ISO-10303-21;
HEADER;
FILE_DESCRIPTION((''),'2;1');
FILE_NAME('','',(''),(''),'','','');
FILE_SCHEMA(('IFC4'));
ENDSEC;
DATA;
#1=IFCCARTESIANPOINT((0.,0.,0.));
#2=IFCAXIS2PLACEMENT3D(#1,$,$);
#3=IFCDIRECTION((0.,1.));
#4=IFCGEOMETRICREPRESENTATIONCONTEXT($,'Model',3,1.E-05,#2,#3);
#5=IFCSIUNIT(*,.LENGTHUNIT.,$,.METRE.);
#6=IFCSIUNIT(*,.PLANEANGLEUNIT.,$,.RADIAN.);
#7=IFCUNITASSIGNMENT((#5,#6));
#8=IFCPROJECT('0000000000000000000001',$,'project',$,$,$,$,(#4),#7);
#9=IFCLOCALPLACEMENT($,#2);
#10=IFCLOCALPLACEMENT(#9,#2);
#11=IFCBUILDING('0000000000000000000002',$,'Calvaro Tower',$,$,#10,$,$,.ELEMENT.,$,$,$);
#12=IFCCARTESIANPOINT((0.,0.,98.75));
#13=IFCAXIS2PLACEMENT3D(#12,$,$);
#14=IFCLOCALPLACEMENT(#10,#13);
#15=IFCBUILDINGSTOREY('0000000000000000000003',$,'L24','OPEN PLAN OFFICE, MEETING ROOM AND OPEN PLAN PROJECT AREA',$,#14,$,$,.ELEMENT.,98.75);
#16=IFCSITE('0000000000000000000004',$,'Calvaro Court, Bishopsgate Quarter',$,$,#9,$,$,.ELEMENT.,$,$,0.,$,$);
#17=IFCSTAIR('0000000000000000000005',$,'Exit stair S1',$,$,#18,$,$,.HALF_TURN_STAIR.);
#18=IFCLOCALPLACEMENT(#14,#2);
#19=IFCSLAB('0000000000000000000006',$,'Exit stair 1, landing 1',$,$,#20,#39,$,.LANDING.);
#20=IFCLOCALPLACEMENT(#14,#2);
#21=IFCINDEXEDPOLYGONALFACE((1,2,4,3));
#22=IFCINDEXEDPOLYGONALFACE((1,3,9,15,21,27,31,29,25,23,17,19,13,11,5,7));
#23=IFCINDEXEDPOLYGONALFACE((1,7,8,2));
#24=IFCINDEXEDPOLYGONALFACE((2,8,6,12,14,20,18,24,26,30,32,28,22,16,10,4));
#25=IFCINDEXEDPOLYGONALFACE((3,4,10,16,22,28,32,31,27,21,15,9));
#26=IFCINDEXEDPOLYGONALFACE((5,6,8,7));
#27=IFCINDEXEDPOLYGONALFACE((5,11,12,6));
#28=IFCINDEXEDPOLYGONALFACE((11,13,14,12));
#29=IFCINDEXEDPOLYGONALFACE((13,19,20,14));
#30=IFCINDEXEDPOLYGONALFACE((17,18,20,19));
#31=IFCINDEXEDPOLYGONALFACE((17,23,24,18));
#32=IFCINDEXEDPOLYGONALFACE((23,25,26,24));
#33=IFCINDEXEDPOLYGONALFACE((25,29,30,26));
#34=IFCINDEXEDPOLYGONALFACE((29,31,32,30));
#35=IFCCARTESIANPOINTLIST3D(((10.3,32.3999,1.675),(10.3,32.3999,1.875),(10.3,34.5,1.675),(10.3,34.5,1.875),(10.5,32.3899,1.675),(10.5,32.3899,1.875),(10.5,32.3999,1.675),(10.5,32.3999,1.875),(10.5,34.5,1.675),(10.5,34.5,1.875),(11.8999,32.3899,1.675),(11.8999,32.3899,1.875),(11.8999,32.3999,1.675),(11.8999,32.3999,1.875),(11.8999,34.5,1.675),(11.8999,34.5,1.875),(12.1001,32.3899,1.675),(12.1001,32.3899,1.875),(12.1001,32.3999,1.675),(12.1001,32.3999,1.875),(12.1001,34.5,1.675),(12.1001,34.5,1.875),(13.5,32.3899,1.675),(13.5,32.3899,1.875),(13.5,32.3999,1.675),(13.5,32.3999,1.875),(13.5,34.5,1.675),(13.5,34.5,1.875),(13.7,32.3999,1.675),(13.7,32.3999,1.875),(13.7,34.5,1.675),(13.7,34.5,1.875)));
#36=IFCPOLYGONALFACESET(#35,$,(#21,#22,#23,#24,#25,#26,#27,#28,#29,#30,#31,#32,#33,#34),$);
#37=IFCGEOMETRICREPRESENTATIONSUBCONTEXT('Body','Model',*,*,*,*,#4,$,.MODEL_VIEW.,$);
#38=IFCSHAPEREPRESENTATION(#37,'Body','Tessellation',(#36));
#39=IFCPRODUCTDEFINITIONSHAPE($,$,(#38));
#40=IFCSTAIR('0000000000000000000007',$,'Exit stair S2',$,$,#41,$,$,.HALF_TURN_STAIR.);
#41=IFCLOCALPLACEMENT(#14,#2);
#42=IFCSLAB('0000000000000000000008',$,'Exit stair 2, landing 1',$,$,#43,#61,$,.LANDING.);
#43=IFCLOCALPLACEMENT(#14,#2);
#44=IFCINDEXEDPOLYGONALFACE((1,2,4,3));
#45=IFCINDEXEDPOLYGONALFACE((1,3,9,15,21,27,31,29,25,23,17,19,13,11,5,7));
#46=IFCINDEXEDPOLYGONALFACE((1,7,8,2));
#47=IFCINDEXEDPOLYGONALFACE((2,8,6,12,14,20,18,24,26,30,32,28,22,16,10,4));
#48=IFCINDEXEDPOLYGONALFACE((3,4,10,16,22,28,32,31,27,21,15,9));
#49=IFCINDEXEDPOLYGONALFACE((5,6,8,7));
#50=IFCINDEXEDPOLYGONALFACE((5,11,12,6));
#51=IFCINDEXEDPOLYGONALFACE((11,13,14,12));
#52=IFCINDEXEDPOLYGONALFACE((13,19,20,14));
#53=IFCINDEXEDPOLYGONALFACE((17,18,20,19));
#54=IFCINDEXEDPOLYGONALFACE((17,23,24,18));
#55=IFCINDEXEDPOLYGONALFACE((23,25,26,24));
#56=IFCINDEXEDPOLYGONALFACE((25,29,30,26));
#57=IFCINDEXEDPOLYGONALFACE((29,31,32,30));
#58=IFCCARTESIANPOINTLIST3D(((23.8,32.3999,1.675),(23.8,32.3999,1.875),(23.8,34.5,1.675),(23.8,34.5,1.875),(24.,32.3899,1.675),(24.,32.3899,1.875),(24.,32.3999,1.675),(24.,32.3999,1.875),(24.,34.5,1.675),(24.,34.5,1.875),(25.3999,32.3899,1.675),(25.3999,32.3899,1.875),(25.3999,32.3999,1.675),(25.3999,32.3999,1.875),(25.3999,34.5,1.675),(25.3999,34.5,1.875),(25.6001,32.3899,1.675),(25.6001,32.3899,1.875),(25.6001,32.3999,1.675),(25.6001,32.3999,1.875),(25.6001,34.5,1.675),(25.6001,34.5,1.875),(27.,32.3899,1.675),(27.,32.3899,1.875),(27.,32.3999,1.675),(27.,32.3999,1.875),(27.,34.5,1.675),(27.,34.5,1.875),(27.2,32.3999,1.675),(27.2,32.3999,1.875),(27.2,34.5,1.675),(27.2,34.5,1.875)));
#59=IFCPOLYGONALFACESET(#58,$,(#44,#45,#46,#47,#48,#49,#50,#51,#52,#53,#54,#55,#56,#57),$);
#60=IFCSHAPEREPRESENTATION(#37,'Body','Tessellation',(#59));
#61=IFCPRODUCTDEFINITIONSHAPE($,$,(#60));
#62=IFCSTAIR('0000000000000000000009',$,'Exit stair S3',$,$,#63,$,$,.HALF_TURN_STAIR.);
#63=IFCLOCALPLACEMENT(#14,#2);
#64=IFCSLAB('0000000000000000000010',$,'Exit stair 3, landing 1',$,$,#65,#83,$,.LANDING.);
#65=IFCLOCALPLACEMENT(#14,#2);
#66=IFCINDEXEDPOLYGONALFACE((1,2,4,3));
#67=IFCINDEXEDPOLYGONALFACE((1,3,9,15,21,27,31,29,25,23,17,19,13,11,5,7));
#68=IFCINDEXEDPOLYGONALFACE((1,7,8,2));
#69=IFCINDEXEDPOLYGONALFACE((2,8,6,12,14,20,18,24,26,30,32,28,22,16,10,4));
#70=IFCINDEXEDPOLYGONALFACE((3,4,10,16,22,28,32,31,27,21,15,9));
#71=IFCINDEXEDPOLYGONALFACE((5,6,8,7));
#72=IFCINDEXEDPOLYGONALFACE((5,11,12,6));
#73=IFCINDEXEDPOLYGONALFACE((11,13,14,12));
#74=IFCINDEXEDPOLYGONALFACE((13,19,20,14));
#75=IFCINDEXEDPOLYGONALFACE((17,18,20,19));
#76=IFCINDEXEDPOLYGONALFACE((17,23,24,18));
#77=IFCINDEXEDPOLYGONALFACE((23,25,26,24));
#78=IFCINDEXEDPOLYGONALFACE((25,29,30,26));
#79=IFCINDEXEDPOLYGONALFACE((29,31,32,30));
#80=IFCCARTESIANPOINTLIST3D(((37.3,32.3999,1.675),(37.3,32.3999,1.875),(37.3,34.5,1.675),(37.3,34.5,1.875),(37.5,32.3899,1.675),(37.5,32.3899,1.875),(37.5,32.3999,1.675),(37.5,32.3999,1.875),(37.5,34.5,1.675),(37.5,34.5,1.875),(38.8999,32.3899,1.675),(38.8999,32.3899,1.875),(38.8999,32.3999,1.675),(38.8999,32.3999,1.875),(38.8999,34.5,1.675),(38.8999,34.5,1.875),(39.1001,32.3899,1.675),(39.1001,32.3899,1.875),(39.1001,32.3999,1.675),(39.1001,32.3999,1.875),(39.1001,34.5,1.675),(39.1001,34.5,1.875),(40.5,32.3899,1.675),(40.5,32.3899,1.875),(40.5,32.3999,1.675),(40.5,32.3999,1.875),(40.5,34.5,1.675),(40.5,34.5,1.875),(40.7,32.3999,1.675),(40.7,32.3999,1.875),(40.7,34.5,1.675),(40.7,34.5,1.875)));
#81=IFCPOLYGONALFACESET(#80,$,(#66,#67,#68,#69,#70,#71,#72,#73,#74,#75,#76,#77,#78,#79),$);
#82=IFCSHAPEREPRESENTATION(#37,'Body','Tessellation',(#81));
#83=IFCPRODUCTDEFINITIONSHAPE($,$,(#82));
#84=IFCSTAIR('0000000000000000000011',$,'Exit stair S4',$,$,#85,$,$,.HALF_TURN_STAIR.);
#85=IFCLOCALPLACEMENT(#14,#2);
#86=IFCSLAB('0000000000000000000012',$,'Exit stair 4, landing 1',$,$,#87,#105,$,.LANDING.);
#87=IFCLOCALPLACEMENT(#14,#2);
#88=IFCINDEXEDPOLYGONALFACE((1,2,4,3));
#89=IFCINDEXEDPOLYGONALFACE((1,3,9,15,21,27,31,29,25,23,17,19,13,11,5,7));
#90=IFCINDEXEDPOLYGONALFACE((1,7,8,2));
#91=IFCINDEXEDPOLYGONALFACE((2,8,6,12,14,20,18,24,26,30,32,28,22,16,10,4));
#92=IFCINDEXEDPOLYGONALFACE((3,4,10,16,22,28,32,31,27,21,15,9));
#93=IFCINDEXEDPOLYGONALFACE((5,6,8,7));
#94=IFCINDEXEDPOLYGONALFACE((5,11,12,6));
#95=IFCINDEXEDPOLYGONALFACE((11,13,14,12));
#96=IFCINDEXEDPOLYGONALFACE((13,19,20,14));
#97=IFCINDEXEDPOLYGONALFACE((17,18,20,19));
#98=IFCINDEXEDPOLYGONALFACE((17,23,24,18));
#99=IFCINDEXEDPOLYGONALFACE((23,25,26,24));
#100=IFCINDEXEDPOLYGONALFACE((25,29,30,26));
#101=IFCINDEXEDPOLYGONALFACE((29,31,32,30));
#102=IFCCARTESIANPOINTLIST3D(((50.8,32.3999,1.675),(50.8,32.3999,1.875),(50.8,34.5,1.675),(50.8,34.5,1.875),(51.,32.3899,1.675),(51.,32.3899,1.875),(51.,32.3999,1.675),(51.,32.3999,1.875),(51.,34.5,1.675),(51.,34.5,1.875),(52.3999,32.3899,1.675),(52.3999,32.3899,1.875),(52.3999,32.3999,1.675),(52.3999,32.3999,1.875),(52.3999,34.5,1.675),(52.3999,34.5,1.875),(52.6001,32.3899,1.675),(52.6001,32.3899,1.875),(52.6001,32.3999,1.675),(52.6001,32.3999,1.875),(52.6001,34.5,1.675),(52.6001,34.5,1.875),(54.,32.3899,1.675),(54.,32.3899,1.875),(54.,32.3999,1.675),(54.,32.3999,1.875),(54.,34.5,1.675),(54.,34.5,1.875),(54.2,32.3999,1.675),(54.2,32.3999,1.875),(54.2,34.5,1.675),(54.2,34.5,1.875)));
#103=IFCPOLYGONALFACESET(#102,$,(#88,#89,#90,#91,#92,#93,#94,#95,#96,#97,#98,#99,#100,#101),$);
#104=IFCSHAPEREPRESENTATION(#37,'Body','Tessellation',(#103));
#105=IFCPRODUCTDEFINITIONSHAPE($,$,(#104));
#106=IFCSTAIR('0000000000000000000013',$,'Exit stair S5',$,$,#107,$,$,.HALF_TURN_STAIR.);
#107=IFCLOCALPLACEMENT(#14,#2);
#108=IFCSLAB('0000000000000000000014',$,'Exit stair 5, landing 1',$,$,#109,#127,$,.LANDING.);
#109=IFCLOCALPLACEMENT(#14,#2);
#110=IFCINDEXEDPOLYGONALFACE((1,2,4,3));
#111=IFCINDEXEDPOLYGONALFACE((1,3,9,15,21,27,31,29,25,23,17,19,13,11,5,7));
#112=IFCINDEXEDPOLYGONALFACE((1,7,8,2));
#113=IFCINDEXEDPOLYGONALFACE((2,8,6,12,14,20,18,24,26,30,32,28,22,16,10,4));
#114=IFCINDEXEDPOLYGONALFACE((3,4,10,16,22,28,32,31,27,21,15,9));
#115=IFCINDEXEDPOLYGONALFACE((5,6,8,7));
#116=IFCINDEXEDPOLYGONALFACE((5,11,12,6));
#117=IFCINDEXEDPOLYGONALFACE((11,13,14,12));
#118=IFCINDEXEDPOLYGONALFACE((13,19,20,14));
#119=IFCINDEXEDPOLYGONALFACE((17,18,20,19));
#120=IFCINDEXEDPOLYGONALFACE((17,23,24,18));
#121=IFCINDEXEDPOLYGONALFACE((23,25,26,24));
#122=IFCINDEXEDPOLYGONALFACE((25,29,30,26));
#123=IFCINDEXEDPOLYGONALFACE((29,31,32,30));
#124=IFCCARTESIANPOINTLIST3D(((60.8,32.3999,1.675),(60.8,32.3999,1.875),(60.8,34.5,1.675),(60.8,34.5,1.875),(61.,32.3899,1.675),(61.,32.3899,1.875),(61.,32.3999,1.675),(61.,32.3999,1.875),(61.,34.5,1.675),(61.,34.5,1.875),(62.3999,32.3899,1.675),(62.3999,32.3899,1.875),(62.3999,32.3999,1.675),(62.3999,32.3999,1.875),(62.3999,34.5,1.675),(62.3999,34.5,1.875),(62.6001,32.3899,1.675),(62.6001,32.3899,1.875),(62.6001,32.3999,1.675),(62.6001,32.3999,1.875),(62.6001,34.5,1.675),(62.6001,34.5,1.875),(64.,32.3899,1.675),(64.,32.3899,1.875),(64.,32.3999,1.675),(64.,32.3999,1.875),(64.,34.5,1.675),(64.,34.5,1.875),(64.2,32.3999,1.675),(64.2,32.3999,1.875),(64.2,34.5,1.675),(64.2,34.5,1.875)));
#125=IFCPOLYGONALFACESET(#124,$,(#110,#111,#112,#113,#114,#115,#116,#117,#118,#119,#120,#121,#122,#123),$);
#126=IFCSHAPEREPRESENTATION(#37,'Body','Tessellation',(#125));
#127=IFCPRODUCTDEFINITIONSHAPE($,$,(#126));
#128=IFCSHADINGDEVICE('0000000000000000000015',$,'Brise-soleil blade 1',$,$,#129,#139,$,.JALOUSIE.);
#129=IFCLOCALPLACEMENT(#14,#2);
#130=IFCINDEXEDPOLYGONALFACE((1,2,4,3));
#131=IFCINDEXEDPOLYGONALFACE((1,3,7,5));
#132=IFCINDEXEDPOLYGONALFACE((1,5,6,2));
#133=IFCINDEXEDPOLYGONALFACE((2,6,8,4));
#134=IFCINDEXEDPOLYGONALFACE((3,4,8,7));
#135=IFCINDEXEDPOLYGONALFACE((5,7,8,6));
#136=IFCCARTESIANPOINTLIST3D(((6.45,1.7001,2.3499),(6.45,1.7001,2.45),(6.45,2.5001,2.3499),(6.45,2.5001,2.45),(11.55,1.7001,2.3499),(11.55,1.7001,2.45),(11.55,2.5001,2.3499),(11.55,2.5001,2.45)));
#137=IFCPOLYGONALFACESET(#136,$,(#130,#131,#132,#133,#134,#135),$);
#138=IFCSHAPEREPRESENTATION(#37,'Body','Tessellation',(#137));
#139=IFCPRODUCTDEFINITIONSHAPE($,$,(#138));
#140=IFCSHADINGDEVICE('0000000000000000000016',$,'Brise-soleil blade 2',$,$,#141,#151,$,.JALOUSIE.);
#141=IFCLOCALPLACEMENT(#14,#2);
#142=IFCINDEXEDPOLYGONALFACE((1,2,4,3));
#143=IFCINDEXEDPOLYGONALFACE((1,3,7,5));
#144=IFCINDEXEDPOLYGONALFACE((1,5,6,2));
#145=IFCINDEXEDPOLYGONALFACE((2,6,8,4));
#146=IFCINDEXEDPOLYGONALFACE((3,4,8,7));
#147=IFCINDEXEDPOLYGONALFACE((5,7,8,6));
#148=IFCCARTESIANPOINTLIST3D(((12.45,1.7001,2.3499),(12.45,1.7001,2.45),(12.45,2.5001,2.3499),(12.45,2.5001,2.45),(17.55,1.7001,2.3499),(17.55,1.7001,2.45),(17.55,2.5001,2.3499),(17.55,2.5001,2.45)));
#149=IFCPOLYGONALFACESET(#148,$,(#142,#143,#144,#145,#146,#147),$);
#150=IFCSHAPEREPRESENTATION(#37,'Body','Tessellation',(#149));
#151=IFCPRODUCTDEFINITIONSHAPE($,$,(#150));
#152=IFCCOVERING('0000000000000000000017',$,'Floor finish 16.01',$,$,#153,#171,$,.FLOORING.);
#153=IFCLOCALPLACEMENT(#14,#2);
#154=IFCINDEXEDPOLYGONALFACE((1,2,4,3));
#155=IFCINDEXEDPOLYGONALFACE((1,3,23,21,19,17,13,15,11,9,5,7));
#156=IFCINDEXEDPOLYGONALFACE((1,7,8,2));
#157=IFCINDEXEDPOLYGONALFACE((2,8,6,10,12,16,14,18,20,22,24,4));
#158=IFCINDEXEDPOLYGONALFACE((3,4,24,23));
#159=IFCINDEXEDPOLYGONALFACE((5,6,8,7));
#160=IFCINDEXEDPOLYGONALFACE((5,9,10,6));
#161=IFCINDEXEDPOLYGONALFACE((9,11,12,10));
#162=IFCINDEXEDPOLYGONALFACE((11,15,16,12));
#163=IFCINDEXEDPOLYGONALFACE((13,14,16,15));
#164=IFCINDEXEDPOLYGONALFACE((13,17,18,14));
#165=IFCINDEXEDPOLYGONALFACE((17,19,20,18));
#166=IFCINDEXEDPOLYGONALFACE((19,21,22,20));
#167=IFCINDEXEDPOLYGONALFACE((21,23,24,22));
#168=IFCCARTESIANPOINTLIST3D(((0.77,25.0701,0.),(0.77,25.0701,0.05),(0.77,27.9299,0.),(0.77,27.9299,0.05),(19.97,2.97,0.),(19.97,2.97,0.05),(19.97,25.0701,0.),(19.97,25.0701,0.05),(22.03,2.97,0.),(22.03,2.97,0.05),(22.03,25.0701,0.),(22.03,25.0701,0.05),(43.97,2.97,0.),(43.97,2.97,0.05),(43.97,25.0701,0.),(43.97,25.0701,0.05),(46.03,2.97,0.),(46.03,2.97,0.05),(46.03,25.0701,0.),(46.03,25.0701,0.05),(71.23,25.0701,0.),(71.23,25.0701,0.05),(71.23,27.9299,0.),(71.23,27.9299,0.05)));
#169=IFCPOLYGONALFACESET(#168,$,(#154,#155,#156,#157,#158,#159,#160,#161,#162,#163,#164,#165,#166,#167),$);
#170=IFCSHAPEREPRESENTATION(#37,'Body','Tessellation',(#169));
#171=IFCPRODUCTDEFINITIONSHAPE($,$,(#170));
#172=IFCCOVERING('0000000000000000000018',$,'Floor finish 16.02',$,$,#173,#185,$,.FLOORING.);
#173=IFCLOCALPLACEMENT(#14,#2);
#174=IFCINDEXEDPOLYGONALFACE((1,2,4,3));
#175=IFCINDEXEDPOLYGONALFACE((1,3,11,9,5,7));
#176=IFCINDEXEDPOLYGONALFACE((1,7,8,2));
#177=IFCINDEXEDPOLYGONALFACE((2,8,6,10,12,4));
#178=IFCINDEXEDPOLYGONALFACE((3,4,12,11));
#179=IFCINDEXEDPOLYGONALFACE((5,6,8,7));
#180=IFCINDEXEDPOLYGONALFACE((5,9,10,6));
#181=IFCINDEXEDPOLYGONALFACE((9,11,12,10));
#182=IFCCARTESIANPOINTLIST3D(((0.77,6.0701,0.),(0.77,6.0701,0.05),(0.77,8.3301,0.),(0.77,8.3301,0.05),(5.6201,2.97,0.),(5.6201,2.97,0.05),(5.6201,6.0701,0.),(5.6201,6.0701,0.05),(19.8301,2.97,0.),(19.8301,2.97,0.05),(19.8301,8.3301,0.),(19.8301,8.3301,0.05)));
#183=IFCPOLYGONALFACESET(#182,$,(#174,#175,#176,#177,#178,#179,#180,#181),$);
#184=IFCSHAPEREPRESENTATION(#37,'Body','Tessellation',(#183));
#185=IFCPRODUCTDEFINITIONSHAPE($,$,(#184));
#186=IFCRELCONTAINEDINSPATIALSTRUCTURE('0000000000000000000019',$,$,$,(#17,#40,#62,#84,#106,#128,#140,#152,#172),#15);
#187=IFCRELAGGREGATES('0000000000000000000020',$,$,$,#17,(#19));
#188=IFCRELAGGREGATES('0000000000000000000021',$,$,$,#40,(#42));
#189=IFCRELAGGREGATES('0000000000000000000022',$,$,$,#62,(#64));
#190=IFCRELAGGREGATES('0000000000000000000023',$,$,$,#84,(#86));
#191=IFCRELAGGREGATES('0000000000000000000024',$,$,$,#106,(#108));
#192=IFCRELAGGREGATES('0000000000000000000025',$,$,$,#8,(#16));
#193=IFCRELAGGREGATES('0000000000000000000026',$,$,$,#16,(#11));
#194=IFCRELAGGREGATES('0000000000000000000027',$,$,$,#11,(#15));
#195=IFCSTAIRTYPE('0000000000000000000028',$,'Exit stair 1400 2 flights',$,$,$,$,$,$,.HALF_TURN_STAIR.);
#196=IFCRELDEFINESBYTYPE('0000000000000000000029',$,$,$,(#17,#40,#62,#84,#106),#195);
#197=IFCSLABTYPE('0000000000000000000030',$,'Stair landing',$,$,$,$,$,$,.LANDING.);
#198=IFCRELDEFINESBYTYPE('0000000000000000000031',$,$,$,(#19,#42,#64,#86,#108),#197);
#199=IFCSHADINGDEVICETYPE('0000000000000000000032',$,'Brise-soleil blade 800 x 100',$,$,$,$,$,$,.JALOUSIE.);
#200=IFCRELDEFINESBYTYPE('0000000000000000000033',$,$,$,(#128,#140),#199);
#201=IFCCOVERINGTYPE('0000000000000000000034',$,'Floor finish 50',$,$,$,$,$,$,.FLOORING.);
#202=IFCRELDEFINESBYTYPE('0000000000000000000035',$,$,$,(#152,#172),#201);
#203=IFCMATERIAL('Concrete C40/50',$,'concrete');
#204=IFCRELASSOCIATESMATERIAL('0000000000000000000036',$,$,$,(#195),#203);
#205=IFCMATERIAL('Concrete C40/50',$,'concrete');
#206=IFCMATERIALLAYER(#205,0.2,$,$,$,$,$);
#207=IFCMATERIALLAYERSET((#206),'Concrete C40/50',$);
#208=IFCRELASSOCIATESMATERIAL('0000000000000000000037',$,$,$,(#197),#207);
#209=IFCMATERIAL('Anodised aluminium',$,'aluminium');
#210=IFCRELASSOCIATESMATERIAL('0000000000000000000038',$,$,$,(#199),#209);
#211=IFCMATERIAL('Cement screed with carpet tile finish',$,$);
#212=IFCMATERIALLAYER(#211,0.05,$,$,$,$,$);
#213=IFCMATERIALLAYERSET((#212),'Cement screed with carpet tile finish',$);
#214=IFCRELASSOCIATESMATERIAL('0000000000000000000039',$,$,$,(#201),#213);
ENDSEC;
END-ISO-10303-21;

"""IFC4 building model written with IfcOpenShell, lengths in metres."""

from ifc_helpers import new_model, si_unit, direction, frame, origin, origin_2d, place, context, subcontext, project, spatial, polyline, rectangle, outline, extrude, material, layer, layer_set, material_profile, profile_set, type_object, element, aggregate, save


model = new_model("IFC4")

# Units and contexts
model_context = context("Model", 3, precision=1e-05, world=origin(), true_north=direction((0.0, 1.0)))
body_context = subcontext(model_context, "Body", "Model", "MODEL_VIEW")
ifc_project = project(units=[si_unit("LENGTHUNIT", "METRE"), si_unit("PLANEANGLEUNIT", "RADIAN")], contexts=[model_context])

# Site, building, storey
site_placement = place(None, origin())
site = spatial("IfcSite", under=ifc_project, at=site_placement, Name="Calvaro Court, Bishopsgate Quarter", CompositionType="ELEMENT", RefElevation=0.0)
building_placement = place(site_placement, origin())
building = spatial("IfcBuilding", under=site, at=building_placement, Name="Calvaro Tower", CompositionType="ELEMENT")
storey_placement = place(building_placement, frame((0.0, 0.0, 98.75)))
storey = spatial("IfcBuildingStorey", under=building, at=storey_placement, Name="L24", Description="OPEN PLAN OFFICE, MEETING ROOM AND OPEN PLAN PROJECT AREA", CompositionType="ELEMENT", Elevation=98.75)

# Stairs, slabs
ifc_material_1 = material(Name="Concrete C40/50", Category="concrete")
stair_type = type_object("IfcStairType", Name="Exit stair 1400 2 flights", PredefinedType="HALF_TURN_STAIR", material=ifc_material_1)
stair_1_placement = place(storey_placement, origin())
stair_1 = element("IfcStair", 1, at=stair_1_placement, inside=storey, type_object=stair_type, Name="Exit stair S1", PredefinedType="HALF_TURN_STAIR")
ifc_material_2 = material(Name="Concrete C40/50", Category="concrete")
ifc_layer_1 = layer(ifc_material_2, 0.2)
ifc_layer_set_1 = layer_set([ifc_layer_1], Name="Concrete C40/50")
slab_type_1 = type_object("IfcSlabType", Name="Stair landing", PredefinedType="LANDING", material=ifc_layer_set_1)
slab_1_placement = place(storey_placement, frame((0.0, 0.0, 1.675)))
slab_1 = element("IfcSlab", 2, at=slab_1_placement, type_object=slab_type_1, Name="Exit stair 1, landing 1", PredefinedType="LANDING", context=body_context, shape_type="SweptSolid", body=[
    extrude(outline(polyline([(11.8999, 32.3899), (10.5, 32.3899), (10.5, 32.3999), (10.3, 32.3999), (10.3, 34.5), (10.5, 34.5), (11.8999, 34.5), (12.1001, 34.5), (13.5, 34.5), (13.7, 34.5), (13.7, 32.3999), (13.5, 32.3999), (13.5, 32.3899), (12.1001, 32.3899), (12.1001, 32.3999), (11.8999, 32.3999), (11.8999, 32.3899)])), origin(), (0.0, 0.0, 1.0), 0.2),
])
aggregate(stair_1, [slab_1])
stair_2_placement = place(storey_placement, origin())
stair_2 = element("IfcStair", 3, at=stair_2_placement, inside=storey, type_object=stair_type, Name="Exit stair S2", PredefinedType="HALF_TURN_STAIR")
slab_2_placement = place(storey_placement, frame((0.0, 0.0, 1.675)))
slab_2 = element("IfcSlab", 4, at=slab_2_placement, type_object=slab_type_1, Name="Exit stair 2, landing 1", PredefinedType="LANDING", context=body_context, shape_type="SweptSolid", body=[
    extrude(outline(polyline([(25.3999, 32.3899), (24.0, 32.3899), (24.0, 32.3999), (23.8, 32.3999), (23.8, 34.5), (24.0, 34.5), (25.3999, 34.5), (25.6001, 34.5), (27.0, 34.5), (27.2, 34.5), (27.2, 32.3999), (27.0, 32.3999), (27.0, 32.3899), (25.6001, 32.3899), (25.6001, 32.3999), (25.3999, 32.3999), (25.3999, 32.3899)])), origin(), (0.0, 0.0, 1.0), 0.2),
])
aggregate(stair_2, [slab_2])
stair_3_placement = place(storey_placement, origin())
stair_3 = element("IfcStair", 5, at=stair_3_placement, inside=storey, type_object=stair_type, Name="Exit stair S3", PredefinedType="HALF_TURN_STAIR")
slab_3_placement = place(storey_placement, frame((0.0, 0.0, 1.675)))
slab_3 = element("IfcSlab", 6, at=slab_3_placement, type_object=slab_type_1, Name="Exit stair 3, landing 1", PredefinedType="LANDING", context=body_context, shape_type="SweptSolid", body=[
    extrude(outline(polyline([(38.8999, 32.3899), (37.5, 32.3899), (37.5, 32.3999), (37.3, 32.3999), (37.3, 34.5), (37.5, 34.5), (38.8999, 34.5), (39.1001, 34.5), (40.5, 34.5), (40.7, 34.5), (40.7, 32.3999), (40.5, 32.3999), (40.5, 32.3899), (39.1001, 32.3899), (39.1001, 32.3999), (38.8999, 32.3999), (38.8999, 32.3899)])), origin(), (0.0, 0.0, 1.0), 0.2),
])
aggregate(stair_3, [slab_3])
stair_4_placement = place(storey_placement, origin())
stair_4 = element("IfcStair", 7, at=stair_4_placement, inside=storey, type_object=stair_type, Name="Exit stair S4", PredefinedType="HALF_TURN_STAIR")
slab_4_placement = place(storey_placement, frame((0.0, 0.0, 1.675)))
slab_4 = element("IfcSlab", 8, at=slab_4_placement, type_object=slab_type_1, Name="Exit stair 4, landing 1", PredefinedType="LANDING", context=body_context, shape_type="SweptSolid", body=[
    extrude(outline(polyline([(52.3999, 32.3899), (51.0, 32.3899), (51.0, 32.3999), (50.8, 32.3999), (50.8, 34.5), (51.0, 34.5), (52.3999, 34.5), (52.6001, 34.5), (54.0, 34.5), (54.2, 34.5), (54.2, 32.3999), (54.0, 32.3999), (54.0, 32.3899), (52.6001, 32.3899), (52.6001, 32.3999), (52.3999, 32.3999), (52.3999, 32.3899)])), origin(), (0.0, 0.0, 1.0), 0.2),
])
aggregate(stair_4, [slab_4])
stair_5_placement = place(storey_placement, origin())
stair_5 = element("IfcStair", 9, at=stair_5_placement, inside=storey, type_object=stair_type, Name="Exit stair S5", PredefinedType="HALF_TURN_STAIR")
slab_5_placement = place(storey_placement, frame((0.0, 0.0, 1.675)))
slab_5 = element("IfcSlab", 10, at=slab_5_placement, type_object=slab_type_1, Name="Exit stair 5, landing 1", PredefinedType="LANDING", context=body_context, shape_type="SweptSolid", body=[
    extrude(outline(polyline([(62.3999, 32.3899), (61.0, 32.3899), (61.0, 32.3999), (60.8, 32.3999), (60.8, 34.5), (61.0, 34.5), (62.3999, 34.5), (62.6001, 34.5), (64.0, 34.5), (64.2, 34.5), (64.2, 32.3999), (64.0, 32.3999), (64.0, 32.3899), (62.6001, 32.3899), (62.6001, 32.3999), (62.3999, 32.3999), (62.3999, 32.3899)])), origin(), (0.0, 0.0, 1.0), 0.2),
])
aggregate(stair_5, [slab_5])

# Shading devices
ifc_material_3 = material(Name="Anodised aluminium", Category="aluminium")
ifc_material_profile_1 = material_profile(ifc_material_3, rectangle(XDim=0.8, YDim=0.1001, at=origin_2d()), Name="Brise-soleil blade 800 x 100")
ifc_profile_set_1 = profile_set([ifc_material_profile_1], Name="Anodised aluminium")
shading_device_type = type_object("IfcShadingDeviceType", Name="Brise-soleil blade 800 x 100", PredefinedType="JALOUSIE", material=ifc_profile_set_1)
for number, where, z_axis, x_axis, name in (
    (11, (6.45, 2.1001, 2.3999), (1.0, 0.0, 0.0), (0.0, 1.0, 0.0), "Brise-soleil blade 1"),
    (12, (12.45, 2.1001, 2.3999), (1.0, 0.0, 0.0), (0.0, 1.0, 0.0), "Brise-soleil blade 2"),
):
    element("IfcShadingDevice", number, at=place(storey_placement, frame(where, z_axis=z_axis, x_axis=x_axis)), inside=storey, type_object=shading_device_type, Name=name, PredefinedType="JALOUSIE", context=body_context, shape_type="SweptSolid", body=[
        extrude(rectangle(XDim=0.8, YDim=0.1001, at=origin_2d()), origin(), (0.0, 0.0, 1.0), 5.1001),
    ])

# Coverings
ifc_material_4 = material(Name="Cement screed with carpet tile finish")
ifc_layer_2 = layer(ifc_material_4, 0.05)
ifc_layer_set_2 = layer_set([ifc_layer_2], Name="Cement screed with carpet tile finish")
covering_type = type_object("IfcCoveringType", Name="Floor finish 50", PredefinedType="FLOORING", material=ifc_layer_set_2)
covering_1_placement = place(storey_placement, origin())
element("IfcCovering", 13, at=covering_1_placement, inside=storey, type_object=covering_type, Name="Floor finish 16.01", PredefinedType="FLOORING", context=body_context, shape_type="SweptSolid", body=[
    extrude(outline(polyline([(19.97, 2.97), (19.97, 25.0701), (0.77, 25.0701), (0.77, 27.9299), (71.23, 27.9299), (71.23, 25.0701), (46.03, 25.0701), (46.03, 2.97), (43.97, 2.97), (43.97, 25.0701), (22.03, 25.0701), (22.03, 2.97), (19.97, 2.97)])), origin(), (0.0, 0.0, 1.0), 0.05),
])
covering_2_placement = place(storey_placement, origin())
element("IfcCovering", 14, at=covering_2_placement, inside=storey, type_object=covering_type, Name="Floor finish 16.02", PredefinedType="FLOORING", context=body_context, shape_type="SweptSolid", body=[
    extrude(outline(polyline([(19.8301, 8.3301), (19.8301, 2.97), (5.6201, 2.97), (5.6201, 6.0701), (0.77, 6.0701), (0.77, 8.3301), (19.8301, 8.3301)])), origin(), (0.0, 0.0, 1.0), 0.05),
])

save(model, "model.ifc")
